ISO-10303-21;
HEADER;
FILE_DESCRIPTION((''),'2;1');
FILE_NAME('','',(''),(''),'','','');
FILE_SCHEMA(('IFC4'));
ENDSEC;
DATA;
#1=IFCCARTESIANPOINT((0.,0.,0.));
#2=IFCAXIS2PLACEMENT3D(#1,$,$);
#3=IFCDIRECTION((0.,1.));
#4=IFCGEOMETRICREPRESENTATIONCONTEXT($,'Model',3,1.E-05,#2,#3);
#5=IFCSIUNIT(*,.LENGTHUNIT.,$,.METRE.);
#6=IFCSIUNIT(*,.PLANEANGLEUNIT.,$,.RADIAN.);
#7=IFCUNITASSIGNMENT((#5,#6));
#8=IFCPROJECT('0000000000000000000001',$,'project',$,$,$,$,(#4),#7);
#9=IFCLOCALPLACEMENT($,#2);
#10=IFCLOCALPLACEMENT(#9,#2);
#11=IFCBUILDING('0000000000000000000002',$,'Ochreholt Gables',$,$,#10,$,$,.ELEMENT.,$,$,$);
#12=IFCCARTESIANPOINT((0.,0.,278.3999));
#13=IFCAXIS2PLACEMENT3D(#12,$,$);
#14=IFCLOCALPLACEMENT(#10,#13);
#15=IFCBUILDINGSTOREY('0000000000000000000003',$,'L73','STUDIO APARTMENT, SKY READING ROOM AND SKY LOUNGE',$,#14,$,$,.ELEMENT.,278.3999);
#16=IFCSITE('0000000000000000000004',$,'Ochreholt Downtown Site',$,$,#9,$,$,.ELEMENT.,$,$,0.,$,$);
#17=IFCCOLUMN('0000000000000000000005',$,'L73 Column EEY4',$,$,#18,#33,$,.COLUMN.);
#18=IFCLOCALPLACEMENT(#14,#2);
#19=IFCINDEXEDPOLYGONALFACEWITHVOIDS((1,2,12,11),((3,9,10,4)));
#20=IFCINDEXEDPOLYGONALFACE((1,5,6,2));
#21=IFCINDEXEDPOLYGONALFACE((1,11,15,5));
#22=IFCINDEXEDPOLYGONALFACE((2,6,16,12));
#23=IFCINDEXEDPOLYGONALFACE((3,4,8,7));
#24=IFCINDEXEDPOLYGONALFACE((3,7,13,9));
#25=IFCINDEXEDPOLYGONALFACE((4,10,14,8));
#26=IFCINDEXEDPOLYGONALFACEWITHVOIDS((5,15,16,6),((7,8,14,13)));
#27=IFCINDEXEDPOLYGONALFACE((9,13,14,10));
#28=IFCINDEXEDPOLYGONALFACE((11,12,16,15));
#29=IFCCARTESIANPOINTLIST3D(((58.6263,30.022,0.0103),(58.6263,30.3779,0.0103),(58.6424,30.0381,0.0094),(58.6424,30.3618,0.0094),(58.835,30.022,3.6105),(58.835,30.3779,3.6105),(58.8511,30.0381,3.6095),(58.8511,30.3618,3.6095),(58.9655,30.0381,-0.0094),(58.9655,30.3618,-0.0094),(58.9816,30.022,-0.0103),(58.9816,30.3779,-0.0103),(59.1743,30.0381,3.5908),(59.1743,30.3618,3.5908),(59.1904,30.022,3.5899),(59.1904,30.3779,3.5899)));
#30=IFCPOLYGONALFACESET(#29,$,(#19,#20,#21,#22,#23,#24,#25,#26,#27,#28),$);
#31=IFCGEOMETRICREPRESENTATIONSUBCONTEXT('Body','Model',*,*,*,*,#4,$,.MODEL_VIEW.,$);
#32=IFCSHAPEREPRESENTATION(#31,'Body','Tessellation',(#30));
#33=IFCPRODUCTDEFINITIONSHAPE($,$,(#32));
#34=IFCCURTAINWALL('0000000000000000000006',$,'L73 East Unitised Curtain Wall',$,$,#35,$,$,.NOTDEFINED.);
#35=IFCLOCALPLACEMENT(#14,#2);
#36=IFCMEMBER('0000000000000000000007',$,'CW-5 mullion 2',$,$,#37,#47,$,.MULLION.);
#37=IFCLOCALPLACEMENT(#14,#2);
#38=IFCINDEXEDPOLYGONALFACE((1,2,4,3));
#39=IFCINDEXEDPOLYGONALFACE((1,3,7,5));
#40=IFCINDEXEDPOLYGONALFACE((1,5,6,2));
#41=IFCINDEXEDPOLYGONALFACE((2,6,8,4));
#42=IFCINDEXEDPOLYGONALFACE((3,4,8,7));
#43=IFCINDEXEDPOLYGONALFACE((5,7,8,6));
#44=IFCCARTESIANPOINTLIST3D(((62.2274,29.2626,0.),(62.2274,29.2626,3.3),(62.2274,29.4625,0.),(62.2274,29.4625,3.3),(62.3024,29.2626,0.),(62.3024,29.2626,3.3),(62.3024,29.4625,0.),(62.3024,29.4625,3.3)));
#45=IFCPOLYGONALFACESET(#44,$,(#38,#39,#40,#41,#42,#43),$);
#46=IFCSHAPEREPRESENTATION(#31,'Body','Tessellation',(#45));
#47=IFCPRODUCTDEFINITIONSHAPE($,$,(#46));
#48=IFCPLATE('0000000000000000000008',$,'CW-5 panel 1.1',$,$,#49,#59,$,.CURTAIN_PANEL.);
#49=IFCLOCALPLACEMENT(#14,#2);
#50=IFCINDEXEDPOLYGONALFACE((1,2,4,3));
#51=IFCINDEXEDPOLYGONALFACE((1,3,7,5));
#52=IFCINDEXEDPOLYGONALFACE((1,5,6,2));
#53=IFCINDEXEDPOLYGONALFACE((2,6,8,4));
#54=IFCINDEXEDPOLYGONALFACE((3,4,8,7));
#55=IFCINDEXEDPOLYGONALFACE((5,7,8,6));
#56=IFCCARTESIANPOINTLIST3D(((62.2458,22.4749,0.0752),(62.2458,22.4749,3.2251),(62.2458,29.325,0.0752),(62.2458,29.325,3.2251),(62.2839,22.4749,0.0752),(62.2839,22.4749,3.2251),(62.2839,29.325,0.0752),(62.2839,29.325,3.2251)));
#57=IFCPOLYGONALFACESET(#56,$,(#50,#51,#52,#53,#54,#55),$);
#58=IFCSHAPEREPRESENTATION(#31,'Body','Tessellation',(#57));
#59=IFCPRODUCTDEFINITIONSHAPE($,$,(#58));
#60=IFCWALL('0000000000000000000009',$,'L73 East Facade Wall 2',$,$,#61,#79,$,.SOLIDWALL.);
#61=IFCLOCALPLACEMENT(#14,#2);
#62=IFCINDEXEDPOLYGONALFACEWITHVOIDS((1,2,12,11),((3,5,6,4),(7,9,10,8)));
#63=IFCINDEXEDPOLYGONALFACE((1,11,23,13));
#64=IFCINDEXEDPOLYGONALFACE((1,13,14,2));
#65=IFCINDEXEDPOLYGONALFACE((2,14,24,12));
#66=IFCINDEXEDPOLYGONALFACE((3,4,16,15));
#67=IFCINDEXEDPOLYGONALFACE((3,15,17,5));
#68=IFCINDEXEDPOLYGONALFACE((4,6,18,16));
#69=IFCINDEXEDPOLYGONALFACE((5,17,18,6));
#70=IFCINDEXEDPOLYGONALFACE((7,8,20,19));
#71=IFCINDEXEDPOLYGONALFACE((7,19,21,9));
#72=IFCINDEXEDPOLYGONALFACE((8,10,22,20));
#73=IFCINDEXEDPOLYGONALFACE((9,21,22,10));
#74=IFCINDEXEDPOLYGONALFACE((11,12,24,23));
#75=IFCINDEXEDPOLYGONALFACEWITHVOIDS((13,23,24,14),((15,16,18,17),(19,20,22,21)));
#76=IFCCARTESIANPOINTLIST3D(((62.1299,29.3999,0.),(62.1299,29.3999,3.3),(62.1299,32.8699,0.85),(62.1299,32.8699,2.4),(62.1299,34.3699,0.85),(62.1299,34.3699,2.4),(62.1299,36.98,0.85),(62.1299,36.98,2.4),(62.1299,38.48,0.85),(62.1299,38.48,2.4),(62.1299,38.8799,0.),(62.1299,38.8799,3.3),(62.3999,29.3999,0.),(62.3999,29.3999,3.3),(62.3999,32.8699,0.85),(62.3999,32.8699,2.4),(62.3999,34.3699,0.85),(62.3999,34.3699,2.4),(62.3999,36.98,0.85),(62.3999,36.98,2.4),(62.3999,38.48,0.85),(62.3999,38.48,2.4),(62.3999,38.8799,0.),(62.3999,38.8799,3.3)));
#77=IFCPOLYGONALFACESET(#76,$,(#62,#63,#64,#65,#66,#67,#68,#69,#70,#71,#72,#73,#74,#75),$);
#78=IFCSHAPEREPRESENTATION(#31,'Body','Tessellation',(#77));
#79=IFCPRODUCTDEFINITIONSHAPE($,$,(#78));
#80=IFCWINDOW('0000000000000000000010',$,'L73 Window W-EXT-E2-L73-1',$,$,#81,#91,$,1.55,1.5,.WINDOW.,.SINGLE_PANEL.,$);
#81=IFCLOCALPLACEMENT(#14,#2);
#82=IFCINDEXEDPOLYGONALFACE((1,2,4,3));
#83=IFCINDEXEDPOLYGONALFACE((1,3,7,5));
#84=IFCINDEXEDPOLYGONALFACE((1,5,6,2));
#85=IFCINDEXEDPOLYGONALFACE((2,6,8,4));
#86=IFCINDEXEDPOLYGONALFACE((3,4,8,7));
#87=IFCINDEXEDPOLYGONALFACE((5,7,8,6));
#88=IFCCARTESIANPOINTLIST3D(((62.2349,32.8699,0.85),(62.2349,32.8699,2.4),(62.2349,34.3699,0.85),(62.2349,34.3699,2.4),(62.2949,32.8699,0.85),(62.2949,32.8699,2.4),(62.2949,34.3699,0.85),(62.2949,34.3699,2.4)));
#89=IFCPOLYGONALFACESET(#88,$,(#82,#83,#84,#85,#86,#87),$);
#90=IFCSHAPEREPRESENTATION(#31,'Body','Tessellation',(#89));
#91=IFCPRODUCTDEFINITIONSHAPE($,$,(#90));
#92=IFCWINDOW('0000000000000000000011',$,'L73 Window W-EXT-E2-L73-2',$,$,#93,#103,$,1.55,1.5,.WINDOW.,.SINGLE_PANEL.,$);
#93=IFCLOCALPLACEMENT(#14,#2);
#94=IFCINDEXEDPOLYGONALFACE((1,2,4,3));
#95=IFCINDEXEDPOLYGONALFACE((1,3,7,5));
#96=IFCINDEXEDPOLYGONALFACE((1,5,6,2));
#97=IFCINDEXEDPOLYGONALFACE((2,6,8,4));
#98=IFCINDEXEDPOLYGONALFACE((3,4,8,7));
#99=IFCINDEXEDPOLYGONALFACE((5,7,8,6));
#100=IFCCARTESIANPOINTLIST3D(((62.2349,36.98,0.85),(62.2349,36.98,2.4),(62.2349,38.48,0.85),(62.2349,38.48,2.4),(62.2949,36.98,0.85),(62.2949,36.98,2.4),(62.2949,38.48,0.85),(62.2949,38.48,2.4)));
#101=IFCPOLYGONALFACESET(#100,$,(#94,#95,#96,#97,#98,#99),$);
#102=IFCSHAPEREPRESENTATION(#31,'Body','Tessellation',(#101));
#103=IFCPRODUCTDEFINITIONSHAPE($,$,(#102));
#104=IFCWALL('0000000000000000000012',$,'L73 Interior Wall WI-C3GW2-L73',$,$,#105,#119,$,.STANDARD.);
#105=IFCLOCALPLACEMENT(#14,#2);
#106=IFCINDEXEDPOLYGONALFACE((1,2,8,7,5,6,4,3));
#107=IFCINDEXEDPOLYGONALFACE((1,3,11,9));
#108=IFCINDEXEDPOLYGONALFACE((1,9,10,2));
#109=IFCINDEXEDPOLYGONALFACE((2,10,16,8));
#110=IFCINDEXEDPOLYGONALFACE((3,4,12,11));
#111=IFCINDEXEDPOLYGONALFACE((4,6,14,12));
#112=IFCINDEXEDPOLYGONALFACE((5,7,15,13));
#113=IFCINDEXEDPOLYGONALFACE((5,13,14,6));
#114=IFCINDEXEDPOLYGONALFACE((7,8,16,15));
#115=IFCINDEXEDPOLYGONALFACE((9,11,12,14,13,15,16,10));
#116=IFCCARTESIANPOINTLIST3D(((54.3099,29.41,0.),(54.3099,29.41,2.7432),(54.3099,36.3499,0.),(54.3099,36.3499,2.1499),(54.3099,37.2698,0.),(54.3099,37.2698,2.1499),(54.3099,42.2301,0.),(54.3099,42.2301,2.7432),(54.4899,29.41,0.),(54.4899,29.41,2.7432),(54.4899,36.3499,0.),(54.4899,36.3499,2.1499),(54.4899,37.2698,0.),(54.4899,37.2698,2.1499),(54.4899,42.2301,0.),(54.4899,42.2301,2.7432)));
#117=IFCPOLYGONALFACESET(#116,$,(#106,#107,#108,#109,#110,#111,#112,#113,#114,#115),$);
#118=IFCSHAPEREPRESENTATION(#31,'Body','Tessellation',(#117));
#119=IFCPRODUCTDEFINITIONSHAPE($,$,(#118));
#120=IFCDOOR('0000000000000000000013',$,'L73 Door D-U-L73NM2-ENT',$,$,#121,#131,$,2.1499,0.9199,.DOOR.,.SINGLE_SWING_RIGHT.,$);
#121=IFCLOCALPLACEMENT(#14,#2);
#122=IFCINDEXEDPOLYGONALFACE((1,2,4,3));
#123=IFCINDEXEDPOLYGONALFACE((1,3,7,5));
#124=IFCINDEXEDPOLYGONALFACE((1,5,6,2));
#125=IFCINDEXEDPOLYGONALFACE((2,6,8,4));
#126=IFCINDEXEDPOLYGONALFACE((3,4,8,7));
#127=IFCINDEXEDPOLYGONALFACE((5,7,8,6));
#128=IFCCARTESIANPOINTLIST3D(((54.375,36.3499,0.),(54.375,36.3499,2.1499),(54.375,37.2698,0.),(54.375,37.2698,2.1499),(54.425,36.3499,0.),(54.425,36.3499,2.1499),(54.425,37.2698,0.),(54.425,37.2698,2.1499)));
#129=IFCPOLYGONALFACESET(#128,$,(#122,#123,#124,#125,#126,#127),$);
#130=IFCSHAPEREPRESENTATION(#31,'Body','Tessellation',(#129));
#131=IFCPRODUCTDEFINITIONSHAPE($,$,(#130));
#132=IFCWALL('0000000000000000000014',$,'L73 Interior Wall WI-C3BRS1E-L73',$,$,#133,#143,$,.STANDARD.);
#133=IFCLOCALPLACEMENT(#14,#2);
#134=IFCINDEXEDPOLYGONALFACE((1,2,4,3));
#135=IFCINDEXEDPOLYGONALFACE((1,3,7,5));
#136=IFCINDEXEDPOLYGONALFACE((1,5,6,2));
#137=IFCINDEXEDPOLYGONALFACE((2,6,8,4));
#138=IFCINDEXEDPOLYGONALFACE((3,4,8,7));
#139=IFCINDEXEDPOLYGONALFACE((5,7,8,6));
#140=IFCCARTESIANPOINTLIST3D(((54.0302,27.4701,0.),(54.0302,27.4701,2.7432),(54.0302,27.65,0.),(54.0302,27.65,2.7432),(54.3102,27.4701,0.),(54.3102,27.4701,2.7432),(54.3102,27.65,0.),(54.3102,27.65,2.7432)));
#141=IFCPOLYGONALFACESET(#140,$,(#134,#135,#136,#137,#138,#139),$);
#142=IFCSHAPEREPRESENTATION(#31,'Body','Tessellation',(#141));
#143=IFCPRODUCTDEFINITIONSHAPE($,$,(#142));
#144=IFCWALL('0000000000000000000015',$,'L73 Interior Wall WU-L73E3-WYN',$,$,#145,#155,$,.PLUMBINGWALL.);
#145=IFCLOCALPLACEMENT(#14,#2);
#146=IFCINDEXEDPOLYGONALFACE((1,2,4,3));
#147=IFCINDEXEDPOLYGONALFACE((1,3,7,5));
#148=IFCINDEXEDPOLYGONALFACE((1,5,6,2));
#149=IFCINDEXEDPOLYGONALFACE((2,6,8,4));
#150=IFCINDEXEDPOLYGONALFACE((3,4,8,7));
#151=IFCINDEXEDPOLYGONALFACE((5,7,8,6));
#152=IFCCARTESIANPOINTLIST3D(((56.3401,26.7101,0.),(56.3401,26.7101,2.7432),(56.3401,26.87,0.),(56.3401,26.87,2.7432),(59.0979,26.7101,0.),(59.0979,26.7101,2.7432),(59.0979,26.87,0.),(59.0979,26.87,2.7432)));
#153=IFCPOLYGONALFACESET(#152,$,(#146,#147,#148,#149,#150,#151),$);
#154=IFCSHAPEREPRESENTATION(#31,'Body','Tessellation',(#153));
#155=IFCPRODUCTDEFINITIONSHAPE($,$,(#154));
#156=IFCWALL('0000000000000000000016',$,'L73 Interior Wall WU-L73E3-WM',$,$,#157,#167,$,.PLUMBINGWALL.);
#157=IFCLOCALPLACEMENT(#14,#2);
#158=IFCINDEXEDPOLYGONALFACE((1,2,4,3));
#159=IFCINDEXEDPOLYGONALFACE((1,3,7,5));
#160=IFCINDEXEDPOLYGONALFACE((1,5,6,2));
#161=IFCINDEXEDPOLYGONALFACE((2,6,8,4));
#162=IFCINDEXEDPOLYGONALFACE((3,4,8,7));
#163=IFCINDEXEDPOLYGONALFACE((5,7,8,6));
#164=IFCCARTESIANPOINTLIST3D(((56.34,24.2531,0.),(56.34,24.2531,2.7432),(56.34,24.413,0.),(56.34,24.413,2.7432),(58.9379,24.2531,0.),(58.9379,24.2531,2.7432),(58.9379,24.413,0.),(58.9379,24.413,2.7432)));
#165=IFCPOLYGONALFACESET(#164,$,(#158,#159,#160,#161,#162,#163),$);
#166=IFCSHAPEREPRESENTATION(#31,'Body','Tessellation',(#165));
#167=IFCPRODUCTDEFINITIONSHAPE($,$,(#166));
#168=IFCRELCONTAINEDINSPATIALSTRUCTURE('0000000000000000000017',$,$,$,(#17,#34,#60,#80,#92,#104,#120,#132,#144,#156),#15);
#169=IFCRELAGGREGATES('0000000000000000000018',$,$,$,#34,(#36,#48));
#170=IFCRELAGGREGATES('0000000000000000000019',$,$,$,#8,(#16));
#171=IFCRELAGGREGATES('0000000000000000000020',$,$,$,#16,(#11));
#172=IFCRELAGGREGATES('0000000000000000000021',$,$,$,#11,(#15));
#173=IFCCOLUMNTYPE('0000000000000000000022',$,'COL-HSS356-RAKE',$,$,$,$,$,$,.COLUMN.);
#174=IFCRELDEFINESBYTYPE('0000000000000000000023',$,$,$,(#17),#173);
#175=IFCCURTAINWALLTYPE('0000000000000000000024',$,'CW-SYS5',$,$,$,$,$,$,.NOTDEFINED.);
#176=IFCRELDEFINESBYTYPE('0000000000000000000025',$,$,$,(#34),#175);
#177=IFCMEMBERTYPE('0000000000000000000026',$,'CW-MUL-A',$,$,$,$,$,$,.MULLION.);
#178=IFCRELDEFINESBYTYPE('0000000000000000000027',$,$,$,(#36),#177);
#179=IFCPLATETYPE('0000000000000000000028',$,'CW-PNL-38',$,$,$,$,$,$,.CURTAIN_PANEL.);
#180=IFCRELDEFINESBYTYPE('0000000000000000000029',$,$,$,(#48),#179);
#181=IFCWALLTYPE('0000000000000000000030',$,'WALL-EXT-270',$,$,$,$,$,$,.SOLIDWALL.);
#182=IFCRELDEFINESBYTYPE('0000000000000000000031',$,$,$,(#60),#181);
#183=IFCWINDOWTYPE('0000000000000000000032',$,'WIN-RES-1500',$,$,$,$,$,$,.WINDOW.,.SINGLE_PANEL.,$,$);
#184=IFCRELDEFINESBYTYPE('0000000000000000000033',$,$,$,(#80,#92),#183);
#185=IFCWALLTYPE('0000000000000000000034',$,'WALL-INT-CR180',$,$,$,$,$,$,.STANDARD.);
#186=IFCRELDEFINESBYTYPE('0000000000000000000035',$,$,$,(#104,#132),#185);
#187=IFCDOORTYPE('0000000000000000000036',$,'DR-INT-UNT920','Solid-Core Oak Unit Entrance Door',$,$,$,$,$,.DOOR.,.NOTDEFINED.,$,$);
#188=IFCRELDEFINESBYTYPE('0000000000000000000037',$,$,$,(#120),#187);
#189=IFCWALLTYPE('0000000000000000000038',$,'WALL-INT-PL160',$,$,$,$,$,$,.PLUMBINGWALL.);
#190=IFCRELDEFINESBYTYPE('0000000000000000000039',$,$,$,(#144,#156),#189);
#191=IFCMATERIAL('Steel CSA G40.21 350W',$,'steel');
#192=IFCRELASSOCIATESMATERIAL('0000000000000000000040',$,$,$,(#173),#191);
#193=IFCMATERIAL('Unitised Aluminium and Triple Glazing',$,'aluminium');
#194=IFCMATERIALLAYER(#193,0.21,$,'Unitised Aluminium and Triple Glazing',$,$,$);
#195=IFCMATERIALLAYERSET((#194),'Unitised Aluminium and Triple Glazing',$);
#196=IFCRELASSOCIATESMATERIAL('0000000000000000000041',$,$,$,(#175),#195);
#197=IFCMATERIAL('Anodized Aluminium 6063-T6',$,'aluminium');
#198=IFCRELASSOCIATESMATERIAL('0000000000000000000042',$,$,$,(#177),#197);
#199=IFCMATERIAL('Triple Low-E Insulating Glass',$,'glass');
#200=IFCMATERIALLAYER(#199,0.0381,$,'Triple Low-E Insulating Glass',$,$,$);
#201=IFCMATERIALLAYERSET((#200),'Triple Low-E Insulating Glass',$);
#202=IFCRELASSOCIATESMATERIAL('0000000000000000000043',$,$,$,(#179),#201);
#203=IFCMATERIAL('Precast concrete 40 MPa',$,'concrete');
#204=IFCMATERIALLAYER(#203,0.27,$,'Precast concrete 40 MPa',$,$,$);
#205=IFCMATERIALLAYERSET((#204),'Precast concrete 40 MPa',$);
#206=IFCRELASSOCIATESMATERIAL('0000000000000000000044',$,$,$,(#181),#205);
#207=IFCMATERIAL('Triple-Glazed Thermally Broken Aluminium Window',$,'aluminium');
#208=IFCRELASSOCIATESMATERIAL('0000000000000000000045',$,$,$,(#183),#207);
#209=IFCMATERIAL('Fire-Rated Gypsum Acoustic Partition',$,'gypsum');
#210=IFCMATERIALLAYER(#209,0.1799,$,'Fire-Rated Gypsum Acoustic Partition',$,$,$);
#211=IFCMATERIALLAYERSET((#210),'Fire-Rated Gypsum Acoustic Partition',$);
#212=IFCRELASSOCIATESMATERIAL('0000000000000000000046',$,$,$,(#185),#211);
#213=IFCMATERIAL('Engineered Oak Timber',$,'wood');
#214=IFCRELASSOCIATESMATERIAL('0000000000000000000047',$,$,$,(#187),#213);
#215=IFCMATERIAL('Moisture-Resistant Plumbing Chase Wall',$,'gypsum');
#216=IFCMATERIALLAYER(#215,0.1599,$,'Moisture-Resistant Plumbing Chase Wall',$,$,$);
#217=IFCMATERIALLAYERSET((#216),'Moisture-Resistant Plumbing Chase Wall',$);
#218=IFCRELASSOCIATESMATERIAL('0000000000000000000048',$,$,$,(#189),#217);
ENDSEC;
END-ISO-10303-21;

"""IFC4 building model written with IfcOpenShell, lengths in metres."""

from ifc_helpers import new_model, si_unit, direction, frame, frame_2d, origin, origin_2d, place, context, subcontext, project, spatial, rectangle, hollow_rectangle, extrude, material, layer, layer_set, material_profile, profile_set, type_object, element, fill, aggregate, save


model = new_model("IFC4")

# Units and contexts
model_context = context("Model", 3, precision=1e-05, world=origin(), true_north=direction((0.0, 1.0)))
body_context = subcontext(model_context, "Body", "Model", "MODEL_VIEW")
ifc_project = project(units=[si_unit("LENGTHUNIT", "METRE"), si_unit("PLANEANGLEUNIT", "RADIAN")], contexts=[model_context])

# Site, building, storey
site_placement = place(None, origin())
site = spatial("IfcSite", under=ifc_project, at=site_placement, Name="Ochreholt Downtown Site", CompositionType="ELEMENT", RefElevation=0.0)
building_placement = place(site_placement, origin())
building = spatial("IfcBuilding", under=site, at=building_placement, Name="Ochreholt Gables", CompositionType="ELEMENT")
storey_placement = place(building_placement, frame((0.0, 0.0, 278.3999)))
storey = spatial("IfcBuildingStorey", under=building, at=storey_placement, Name="L73", Description="STUDIO APARTMENT, SKY READING ROOM AND SKY LOUNGE", CompositionType="ELEMENT", Elevation=278.3999)

# Column
ifc_material_1 = material(Name="Steel CSA G40.21 350W", Category="steel")
ifc_material_profile_1 = material_profile(ifc_material_1, hollow_rectangle(XDim=0.356, YDim=0.356, WallThickness=0.0161, at=origin_2d()), Name="HSS356X356X16")
ifc_profile_set_1 = profile_set([ifc_material_profile_1], Name="Steel CSA G40.21 350W")
column_type = type_object("IfcColumnType", Name="COL-HSS356-RAKE", PredefinedType="COLUMN", material=ifc_profile_set_1)
column_placement = place(storey_placement, frame((58.804, 30.2, 0.0), z_axis=(0.057885, 0.0, 0.998323), x_axis=(0.0, 1.0, 0.0)))
element("IfcColumn", 1, at=column_placement, inside=storey, type_object=column_type, Name="L73 Column EEY4", PredefinedType="COLUMN", context=body_context, shape_type="SweptSolid", body=[
    extrude(hollow_rectangle(XDim=0.356, YDim=0.356, WallThickness=0.0161, at=origin_2d()), origin(), (0.0, 0.0, 1.0), 3.6062),
])

# Curtain wall, member, plate
ifc_material_2 = material(Name="Unitised Aluminium and Triple Glazing", Category="aluminium")
ifc_layer_1 = layer(ifc_material_2, 0.21, Name="Unitised Aluminium and Triple Glazing")
ifc_layer_set_1 = layer_set([ifc_layer_1], Name="Unitised Aluminium and Triple Glazing")
curtain_wall_type = type_object("IfcCurtainWallType", Name="CW-SYS5", PredefinedType="NOTDEFINED", material=ifc_layer_set_1)
curtain_wall_placement = place(storey_placement, origin())
curtain_wall = element("IfcCurtainWall", 2, at=curtain_wall_placement, inside=storey, type_object=curtain_wall_type, Name="L73 East Unitised Curtain Wall", PredefinedType="NOTDEFINED")
ifc_material_3 = material(Name="Anodized Aluminium 6063-T6", Category="aluminium")
ifc_material_profile_2 = material_profile(ifc_material_3, rectangle(XDim=0.075, YDim=0.2, at=origin_2d()), Name="CWM75X200")
ifc_profile_set_2 = profile_set([ifc_material_profile_2], Name="Anodized Aluminium 6063-T6")
member_type = type_object("IfcMemberType", Name="CW-MUL-A", PredefinedType="MULLION", material=ifc_profile_set_2)
member_placement = place(storey_placement, frame((62.2649, 29.3625, 0.0), z_axis=(0.0, 0.0, 1.0), x_axis=(-1.0, 0.0, 0.0)))
member = element("IfcMember", 3, at=member_placement, type_object=member_type, Name="CW-5 mullion 2", PredefinedType="MULLION", context=body_context, shape_type="SweptSolid", body=[
    extrude(rectangle(XDim=0.075, YDim=0.2, at=origin_2d()), origin(), (0.0, 0.0, 1.0), 3.3),
])
ifc_material_4 = material(Name="Triple Low-E Insulating Glass", Category="glass")
ifc_layer_2 = layer(ifc_material_4, 0.0381, Name="Triple Low-E Insulating Glass")
ifc_layer_set_2 = layer_set([ifc_layer_2], Name="Triple Low-E Insulating Glass")
plate_type = type_object("IfcPlateType", Name="CW-PNL-38", PredefinedType="CURTAIN_PANEL", material=ifc_layer_set_2)
plate_placement = place(storey_placement, frame((62.2649, 25.8999, 0.0752), z_axis=(0.0, 0.0, 1.0), x_axis=(0.0, 1.0, 0.0)))
plate = element("IfcPlate", 4, at=plate_placement, type_object=plate_type, Name="CW-5 panel 1.1", PredefinedType="CURTAIN_PANEL", context=body_context, shape_type="SweptSolid", body=[
    extrude(rectangle(XDim=6.8501, YDim=0.0381, at=origin_2d()), origin(), (0.0, 0.0, 1.0), 3.1499),
])
aggregate(curtain_wall, [member, plate])

# Wall, openings, windows
ifc_material_5 = material(Name="Precast concrete 40 MPa", Category="concrete")
ifc_layer_3 = layer(ifc_material_5, 0.27, Name="Precast concrete 40 MPa")
ifc_layer_set_3 = layer_set([ifc_layer_3], Name="Precast concrete 40 MPa")
wall_type_1 = type_object("IfcWallType", Name="WALL-EXT-270", PredefinedType="SOLIDWALL", material=ifc_layer_set_3)
wall_1_placement = place(storey_placement, frame((62.2649, 29.3999, 0.0), z_axis=(0.0, 0.0, 1.0), x_axis=(0.0, 1.0, 0.0)))
wall_1 = element("IfcWall", 5, at=wall_1_placement, inside=storey, type_object=wall_type_1, Name="L73 East Facade Wall 2", PredefinedType="SOLIDWALL", context=body_context, shape_type="SweptSolid", body=[
    extrude(rectangle(XDim=9.48, YDim=0.27, at=frame_2d((4.74, 0.0))), origin(), (0.0, 0.0, 1.0), 3.3),
])
opening_1_placement = place(wall_1_placement, frame((3.47, 0.0, 0.8501)))
opening_1 = element("IfcOpeningElement", 6, at=opening_1_placement, cuts=wall_1, PredefinedType="OPENING", context=body_context, shape_type="SweptSolid", body=[
    extrude(rectangle(XDim=1.5, YDim=1.55, at=frame_2d((0.75, 0.7749))), frame((0.0, 0.145, 0.0), z_axis=(0.0, -1.0, 0.0), x_axis=(1.0, 0.0, 0.0)), (0.0, 0.0, 1.0), 0.29),
])
opening_2_placement = place(wall_1_placement, frame((7.5801, 0.0, 0.8501)))
opening_2 = element("IfcOpeningElement", 7, at=opening_2_placement, cuts=wall_1, PredefinedType="OPENING", context=body_context, shape_type="SweptSolid", body=[
    extrude(rectangle(XDim=1.5, YDim=1.55, at=frame_2d((0.75, 0.7749))), frame((0.0, 0.145, 0.0), z_axis=(0.0, -1.0, 0.0), x_axis=(1.0, 0.0, 0.0)), (0.0, 0.0, 1.0), 0.29),
])
ifc_material_6 = material(Name="Triple-Glazed Thermally Broken Aluminium Window", Category="aluminium")
window_type = type_object("IfcWindowType", Name="WIN-RES-1500", PartitioningType="SINGLE_PANEL", PredefinedType="WINDOW", material=ifc_material_6)
window_1_placement = place(opening_1_placement, origin())
window_1 = element("IfcWindow", 8, at=window_1_placement, inside=storey, type_object=window_type, Name="L73 Window W-EXT-E2-L73-1", OverallHeight=1.55, OverallWidth=1.5, PartitioningType="SINGLE_PANEL", PredefinedType="WINDOW", context=body_context, shape_type="SweptSolid", body=[
    extrude(rectangle(XDim=1.5, YDim=1.55, at=frame_2d((0.75, 0.7749))), frame((0.0, 0.03, 0.0), z_axis=(0.0, -1.0, 0.0), x_axis=(1.0, 0.0, 0.0)), (0.0, 0.0, 1.0), 0.0601),
])
fill(opening_1, window_1)
window_2_placement = place(opening_2_placement, origin())
window_2 = element("IfcWindow", 9, at=window_2_placement, inside=storey, type_object=window_type, Name="L73 Window W-EXT-E2-L73-2", OverallHeight=1.55, OverallWidth=1.5, PartitioningType="SINGLE_PANEL", PredefinedType="WINDOW", context=body_context, shape_type="SweptSolid", body=[
    extrude(rectangle(XDim=1.5, YDim=1.55, at=frame_2d((0.75, 0.7749))), frame((0.0, 0.03, 0.0), z_axis=(0.0, -1.0, 0.0), x_axis=(1.0, 0.0, 0.0)), (0.0, 0.0, 1.0), 0.0601),
])
fill(opening_2, window_2)

# Wall, opening, door
ifc_material_7 = material(Name="Fire-Rated Gypsum Acoustic Partition", Category="gypsum")
ifc_layer_4 = layer(ifc_material_7, 0.1799, Name="Fire-Rated Gypsum Acoustic Partition")
ifc_layer_set_4 = layer_set([ifc_layer_4], Name="Fire-Rated Gypsum Acoustic Partition")
wall_type_2 = type_object("IfcWallType", Name="WALL-INT-CR180", PredefinedType="STANDARD", material=ifc_layer_set_4)
wall_2_placement = place(storey_placement, frame((54.3999, 29.4099, 0.0), z_axis=(0.0, 0.0, 1.0), x_axis=(0.0, 1.0, 0.0)))
wall_2 = element("IfcWall", 10, at=wall_2_placement, inside=storey, type_object=wall_type_2, Name="L73 Interior Wall WI-C3GW2-L73", PredefinedType="STANDARD", context=body_context, shape_type="SweptSolid", body=[
    extrude(rectangle(XDim=12.8201, YDim=0.1799, at=frame_2d((6.4102, 0.0))), origin(), (0.0, 0.0, 1.0), 2.7432),
])
opening_3_placement = place(wall_2_placement, frame((6.9399, 0.0, 0.0)))
opening_3 = element("IfcOpeningElement", 11, at=opening_3_placement, cuts=wall_2, PredefinedType="OPENING", context=body_context, shape_type="SweptSolid", body=[
    extrude(rectangle(XDim=0.9199, YDim=2.1499, at=frame_2d((0.46, 1.075))), frame((0.0, 0.0999, 0.0), z_axis=(0.0, -1.0, 0.0), x_axis=(1.0, 0.0, 0.0)), (0.0, 0.0, 1.0), 0.2),
])
ifc_material_8 = material(Name="Engineered Oak Timber", Category="wood")
door_type = type_object("IfcDoorType", Name="DR-INT-UNT920", Description="Solid-Core Oak Unit Entrance Door", OperationType="NOTDEFINED", PredefinedType="DOOR", material=ifc_material_8)
door_placement = place(opening_3_placement, origin())
door = element("IfcDoor", 12, at=door_placement, inside=storey, type_object=door_type, Name="L73 Door D-U-L73NM2-ENT", OperationType="SINGLE_SWING_RIGHT", OverallHeight=2.1499, OverallWidth=0.9199, PredefinedType="DOOR", context=body_context, shape_type="SweptSolid", body=[
    extrude(rectangle(XDim=0.9199, YDim=2.1499, at=frame_2d((0.46, 1.075))), frame((0.0, 0.0249, 0.0), z_axis=(0.0, -1.0, 0.0), x_axis=(1.0, 0.0, 0.0)), (0.0, 0.0, 1.0), 0.05),
])
fill(opening_3, door)

# Walls
wall_3_placement = place(storey_placement, frame((54.03, 27.5601, 0.0), z_axis=(0.0, 0.0, 1.0), x_axis=(1.0, 0.0, 0.0)))
element("IfcWall", 13, at=wall_3_placement, inside=storey, type_object=wall_type_2, Name="L73 Interior Wall WI-C3BRS1E-L73", PredefinedType="STANDARD", context=body_context, shape_type="SweptSolid", body=[
    extrude(rectangle(XDim=0.28, YDim=0.1799, at=frame_2d((0.1401, 0.0))), origin(), (0.0, 0.0, 1.0), 2.7432),
])
ifc_material_9 = material(Name="Moisture-Resistant Plumbing Chase Wall", Category="gypsum")
ifc_layer_5 = layer(ifc_material_9, 0.1599, Name="Moisture-Resistant Plumbing Chase Wall")
ifc_layer_set_5 = layer_set([ifc_layer_5], Name="Moisture-Resistant Plumbing Chase Wall")
wall_type_3 = type_object("IfcWallType", Name="WALL-INT-PL160", PredefinedType="PLUMBINGWALL", material=ifc_layer_set_5)
wall_4_placement = place(storey_placement, frame((56.3401, 26.79, 0.0), z_axis=(0.0, 0.0, 1.0), x_axis=(1.0, 0.0, 0.0)))
element("IfcWall", 14, at=wall_4_placement, inside=storey, type_object=wall_type_3, Name="L73 Interior Wall WU-L73E3-WYN", PredefinedType="PLUMBINGWALL", context=body_context, shape_type="SweptSolid", body=[
    extrude(rectangle(XDim=2.7578, YDim=0.1599, at=frame_2d((1.3789, 0.0))), origin(), (0.0, 0.0, 1.0), 2.7432),
])
wall_5_placement = place(storey_placement, frame((56.3401, 24.333, 0.0), z_axis=(0.0, 0.0, 1.0), x_axis=(1.0, 0.0, 0.0)))
element("IfcWall", 15, at=wall_5_placement, inside=storey, type_object=wall_type_3, Name="L73 Interior Wall WU-L73E3-WM", PredefinedType="PLUMBINGWALL", context=body_context, shape_type="SweptSolid", body=[
    extrude(rectangle(XDim=2.5979, YDim=0.1599, at=frame_2d((1.2988, 0.0))), origin(), (0.0, 0.0, 1.0), 2.7432),
])

save(model, "model.ifc")
